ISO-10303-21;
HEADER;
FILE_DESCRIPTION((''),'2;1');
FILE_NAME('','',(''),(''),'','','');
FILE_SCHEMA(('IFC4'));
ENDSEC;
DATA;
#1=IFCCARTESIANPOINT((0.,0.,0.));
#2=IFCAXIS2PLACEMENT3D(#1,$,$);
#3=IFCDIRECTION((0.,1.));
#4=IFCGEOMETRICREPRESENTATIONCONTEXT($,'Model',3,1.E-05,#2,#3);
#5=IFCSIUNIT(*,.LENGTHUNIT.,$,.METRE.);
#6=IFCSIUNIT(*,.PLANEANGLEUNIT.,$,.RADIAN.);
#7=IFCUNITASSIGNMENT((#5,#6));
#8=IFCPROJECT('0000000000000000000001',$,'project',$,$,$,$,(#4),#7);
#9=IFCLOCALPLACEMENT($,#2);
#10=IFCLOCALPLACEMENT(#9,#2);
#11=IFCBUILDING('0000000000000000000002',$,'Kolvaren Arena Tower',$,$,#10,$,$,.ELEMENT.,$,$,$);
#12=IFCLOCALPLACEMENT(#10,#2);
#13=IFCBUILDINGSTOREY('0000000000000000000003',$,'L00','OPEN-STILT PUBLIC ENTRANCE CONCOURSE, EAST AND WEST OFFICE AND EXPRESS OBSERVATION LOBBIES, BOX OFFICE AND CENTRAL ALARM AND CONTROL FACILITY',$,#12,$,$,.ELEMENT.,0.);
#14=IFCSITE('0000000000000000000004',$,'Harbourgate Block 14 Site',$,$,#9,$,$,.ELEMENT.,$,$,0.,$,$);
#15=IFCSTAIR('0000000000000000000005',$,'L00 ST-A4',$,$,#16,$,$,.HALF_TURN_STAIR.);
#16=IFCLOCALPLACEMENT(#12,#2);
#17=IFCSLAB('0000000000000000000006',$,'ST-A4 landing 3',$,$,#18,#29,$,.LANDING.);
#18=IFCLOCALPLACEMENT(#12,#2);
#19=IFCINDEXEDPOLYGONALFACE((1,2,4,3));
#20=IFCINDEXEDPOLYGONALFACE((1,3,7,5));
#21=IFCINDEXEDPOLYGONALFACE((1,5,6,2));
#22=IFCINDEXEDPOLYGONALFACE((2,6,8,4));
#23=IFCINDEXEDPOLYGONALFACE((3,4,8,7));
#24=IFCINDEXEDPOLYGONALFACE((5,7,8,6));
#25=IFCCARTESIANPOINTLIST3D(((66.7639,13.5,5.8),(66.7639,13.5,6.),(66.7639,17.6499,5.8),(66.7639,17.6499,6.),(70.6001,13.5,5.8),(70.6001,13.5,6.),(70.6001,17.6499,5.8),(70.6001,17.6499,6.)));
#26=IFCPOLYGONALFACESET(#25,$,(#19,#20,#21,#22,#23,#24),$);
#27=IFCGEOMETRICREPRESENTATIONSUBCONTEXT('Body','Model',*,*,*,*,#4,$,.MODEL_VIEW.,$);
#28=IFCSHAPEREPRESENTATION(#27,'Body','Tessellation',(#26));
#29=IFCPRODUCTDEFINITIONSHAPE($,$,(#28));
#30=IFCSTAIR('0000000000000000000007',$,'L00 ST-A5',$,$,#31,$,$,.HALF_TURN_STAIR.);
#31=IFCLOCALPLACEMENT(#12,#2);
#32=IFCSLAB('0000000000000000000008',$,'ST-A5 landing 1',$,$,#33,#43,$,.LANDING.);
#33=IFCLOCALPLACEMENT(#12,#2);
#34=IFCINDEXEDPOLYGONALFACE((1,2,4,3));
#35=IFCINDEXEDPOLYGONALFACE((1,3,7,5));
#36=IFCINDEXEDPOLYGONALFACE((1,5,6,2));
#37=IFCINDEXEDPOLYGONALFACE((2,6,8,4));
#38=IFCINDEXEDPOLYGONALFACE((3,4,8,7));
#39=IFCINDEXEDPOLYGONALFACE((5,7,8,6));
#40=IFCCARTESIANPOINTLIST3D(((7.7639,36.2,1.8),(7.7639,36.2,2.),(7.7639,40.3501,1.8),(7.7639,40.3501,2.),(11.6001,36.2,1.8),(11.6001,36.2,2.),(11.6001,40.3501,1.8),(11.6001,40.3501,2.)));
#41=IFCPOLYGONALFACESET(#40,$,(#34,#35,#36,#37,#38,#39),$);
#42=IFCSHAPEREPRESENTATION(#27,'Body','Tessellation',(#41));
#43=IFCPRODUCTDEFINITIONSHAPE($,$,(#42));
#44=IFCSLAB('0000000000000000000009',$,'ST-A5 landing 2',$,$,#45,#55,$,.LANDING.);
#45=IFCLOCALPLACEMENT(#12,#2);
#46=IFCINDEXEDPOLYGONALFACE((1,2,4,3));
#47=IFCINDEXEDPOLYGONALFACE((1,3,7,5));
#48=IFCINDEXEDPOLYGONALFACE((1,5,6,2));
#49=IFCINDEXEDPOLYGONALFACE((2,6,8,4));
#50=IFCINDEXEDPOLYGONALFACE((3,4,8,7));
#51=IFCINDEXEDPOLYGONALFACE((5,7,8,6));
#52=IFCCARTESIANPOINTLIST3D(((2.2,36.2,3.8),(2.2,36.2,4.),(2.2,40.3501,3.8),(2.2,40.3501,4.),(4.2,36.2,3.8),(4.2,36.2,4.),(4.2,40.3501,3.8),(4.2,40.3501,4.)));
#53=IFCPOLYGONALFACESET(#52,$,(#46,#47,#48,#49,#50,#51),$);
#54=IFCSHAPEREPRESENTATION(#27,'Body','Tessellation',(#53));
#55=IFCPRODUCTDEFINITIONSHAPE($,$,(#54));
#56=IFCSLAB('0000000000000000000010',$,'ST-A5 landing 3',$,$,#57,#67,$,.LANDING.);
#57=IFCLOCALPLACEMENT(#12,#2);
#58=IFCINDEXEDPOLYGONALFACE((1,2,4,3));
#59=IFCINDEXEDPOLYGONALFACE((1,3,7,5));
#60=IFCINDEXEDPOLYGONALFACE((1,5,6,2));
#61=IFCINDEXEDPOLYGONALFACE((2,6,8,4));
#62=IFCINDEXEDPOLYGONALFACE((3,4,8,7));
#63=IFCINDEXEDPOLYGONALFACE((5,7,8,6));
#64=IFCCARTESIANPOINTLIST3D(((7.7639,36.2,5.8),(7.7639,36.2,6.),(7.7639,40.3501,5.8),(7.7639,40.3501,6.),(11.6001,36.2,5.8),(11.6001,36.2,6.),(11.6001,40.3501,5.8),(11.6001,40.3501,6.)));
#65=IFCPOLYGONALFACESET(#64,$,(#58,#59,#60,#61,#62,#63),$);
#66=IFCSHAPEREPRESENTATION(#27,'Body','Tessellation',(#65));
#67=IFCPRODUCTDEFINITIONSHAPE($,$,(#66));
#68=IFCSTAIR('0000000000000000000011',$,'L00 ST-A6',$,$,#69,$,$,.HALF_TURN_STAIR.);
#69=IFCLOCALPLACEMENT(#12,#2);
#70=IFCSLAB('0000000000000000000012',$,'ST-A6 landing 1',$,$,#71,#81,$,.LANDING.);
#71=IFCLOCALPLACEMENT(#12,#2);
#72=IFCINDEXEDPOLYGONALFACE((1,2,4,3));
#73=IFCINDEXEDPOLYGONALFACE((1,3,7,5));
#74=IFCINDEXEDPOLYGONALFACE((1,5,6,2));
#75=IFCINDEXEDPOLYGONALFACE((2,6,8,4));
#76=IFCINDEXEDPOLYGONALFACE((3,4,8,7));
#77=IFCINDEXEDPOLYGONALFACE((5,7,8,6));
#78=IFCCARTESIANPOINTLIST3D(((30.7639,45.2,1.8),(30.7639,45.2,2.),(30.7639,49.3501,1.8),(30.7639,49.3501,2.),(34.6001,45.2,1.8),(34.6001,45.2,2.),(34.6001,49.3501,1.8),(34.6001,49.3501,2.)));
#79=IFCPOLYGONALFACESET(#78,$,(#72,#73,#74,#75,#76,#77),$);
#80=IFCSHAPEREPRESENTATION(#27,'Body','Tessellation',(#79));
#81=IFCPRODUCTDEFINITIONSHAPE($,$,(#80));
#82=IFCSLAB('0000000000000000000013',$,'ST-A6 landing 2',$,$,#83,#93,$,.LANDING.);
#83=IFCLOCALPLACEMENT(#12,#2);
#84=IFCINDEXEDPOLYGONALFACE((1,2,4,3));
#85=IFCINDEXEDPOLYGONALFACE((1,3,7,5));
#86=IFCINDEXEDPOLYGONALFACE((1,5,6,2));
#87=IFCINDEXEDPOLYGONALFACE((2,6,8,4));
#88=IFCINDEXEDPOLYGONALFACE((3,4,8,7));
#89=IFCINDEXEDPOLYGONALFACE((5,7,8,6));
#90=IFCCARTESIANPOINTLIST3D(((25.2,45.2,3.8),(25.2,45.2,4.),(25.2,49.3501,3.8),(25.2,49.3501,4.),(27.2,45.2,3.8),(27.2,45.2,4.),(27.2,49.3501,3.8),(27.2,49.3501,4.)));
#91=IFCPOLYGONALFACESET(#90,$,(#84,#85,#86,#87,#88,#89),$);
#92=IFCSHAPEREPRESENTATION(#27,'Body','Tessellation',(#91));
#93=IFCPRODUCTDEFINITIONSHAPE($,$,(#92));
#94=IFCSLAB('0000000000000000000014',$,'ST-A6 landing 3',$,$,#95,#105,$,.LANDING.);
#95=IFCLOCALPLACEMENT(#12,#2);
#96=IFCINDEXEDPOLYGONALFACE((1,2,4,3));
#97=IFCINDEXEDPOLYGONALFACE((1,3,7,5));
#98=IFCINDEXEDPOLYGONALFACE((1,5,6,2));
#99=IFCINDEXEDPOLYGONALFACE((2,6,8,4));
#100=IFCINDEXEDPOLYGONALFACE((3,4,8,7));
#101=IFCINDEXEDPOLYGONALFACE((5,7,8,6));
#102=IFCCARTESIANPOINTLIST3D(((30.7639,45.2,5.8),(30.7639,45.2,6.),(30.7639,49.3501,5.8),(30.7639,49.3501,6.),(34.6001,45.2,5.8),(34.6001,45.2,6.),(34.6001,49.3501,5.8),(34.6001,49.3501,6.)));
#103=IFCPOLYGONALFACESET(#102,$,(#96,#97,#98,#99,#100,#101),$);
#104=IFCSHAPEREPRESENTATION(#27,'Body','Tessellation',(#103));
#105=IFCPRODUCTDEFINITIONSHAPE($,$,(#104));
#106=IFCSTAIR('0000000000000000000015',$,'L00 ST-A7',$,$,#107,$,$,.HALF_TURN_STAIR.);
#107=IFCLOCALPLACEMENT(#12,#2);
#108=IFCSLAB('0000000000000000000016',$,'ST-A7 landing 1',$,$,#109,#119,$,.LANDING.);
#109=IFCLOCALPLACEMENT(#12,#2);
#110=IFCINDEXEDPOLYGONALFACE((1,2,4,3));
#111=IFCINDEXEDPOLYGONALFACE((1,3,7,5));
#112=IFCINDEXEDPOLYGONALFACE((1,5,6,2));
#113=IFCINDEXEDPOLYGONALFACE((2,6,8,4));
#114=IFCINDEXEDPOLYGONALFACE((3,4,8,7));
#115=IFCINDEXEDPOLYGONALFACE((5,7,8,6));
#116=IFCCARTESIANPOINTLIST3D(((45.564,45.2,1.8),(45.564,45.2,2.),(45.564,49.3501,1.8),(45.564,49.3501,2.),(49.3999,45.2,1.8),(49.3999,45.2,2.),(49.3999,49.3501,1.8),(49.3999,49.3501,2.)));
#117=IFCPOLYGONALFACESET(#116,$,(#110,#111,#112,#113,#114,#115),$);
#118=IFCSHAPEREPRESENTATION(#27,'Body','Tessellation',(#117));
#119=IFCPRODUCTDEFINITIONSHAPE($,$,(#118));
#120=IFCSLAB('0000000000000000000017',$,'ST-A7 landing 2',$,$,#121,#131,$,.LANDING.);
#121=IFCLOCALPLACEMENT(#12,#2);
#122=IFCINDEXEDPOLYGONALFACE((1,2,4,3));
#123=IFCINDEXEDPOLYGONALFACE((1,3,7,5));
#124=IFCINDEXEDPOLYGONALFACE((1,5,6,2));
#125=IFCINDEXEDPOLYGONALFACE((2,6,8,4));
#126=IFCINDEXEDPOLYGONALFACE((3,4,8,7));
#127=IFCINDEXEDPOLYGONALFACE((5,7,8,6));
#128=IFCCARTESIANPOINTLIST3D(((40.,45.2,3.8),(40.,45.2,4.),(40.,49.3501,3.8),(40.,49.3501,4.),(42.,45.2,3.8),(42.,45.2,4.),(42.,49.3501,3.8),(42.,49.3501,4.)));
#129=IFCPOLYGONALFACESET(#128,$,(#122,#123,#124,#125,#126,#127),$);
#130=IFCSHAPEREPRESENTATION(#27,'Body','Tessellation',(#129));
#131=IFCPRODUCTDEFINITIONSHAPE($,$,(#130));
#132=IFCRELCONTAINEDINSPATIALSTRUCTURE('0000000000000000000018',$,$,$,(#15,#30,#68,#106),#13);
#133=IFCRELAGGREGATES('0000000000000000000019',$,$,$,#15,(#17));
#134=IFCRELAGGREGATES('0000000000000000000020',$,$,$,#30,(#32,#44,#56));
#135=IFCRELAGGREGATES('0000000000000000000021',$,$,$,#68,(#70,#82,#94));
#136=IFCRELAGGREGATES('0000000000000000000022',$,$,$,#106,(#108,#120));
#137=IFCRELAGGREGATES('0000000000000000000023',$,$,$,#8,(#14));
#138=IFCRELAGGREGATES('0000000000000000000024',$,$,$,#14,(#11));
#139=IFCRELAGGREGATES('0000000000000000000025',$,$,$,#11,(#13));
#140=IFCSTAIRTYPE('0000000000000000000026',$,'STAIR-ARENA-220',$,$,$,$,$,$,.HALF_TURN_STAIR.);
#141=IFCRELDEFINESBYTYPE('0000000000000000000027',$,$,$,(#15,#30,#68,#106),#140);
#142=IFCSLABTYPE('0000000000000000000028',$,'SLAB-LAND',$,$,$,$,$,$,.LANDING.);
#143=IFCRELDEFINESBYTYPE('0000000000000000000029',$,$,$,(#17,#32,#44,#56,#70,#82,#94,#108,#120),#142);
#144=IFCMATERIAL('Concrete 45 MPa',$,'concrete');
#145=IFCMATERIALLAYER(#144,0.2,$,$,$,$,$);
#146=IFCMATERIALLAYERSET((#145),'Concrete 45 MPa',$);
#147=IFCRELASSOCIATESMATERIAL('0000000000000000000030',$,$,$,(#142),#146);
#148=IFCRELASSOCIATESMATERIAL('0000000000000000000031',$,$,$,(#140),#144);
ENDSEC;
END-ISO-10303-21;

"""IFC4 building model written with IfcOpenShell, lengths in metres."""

from ifc_helpers import new_model, si_unit, direction, frame, origin, place, context, subcontext, project, spatial, polyline, outline, extrude, material, layer, layer_set, type_object, element, aggregate, save


model = new_model("IFC4")

# Units and contexts
model_context = context("Model", 3, precision=1e-05, world=origin(), true_north=direction((0.0, 1.0)))
body_context = subcontext(model_context, "Body", "Model", "MODEL_VIEW")
ifc_project = project(units=[si_unit("LENGTHUNIT", "METRE"), si_unit("PLANEANGLEUNIT", "RADIAN")], contexts=[model_context])

# Site, building, storey
site_placement = place(None, origin())
site = spatial("IfcSite", under=ifc_project, at=site_placement, Name="Harbourgate Block 14 Site", CompositionType="ELEMENT", RefElevation=0.0)
building_placement = place(site_placement, origin())
building = spatial("IfcBuilding", under=site, at=building_placement, Name="Kolvaren Arena Tower", CompositionType="ELEMENT")
storey_placement = place(building_placement, origin())
storey = spatial("IfcBuildingStorey", under=building, at=storey_placement, Name="L00", Description="OPEN-STILT PUBLIC ENTRANCE CONCOURSE, EAST AND WEST OFFICE AND EXPRESS OBSERVATION LOBBIES, BOX OFFICE AND CENTRAL ALARM AND CONTROL FACILITY", CompositionType="ELEMENT", Elevation=0.0)

# Shared definitions
ifc_material = material(Name="Concrete 45 MPa", Category="concrete")
ifc_layer = layer(ifc_material, 0.2)
ifc_layer_set = layer_set([ifc_layer], Name="Concrete 45 MPa")
slab_type = type_object("IfcSlabType", Name="SLAB-LAND", PredefinedType="LANDING", material=ifc_layer_set)

# Stairs, slabs
stair_type_1 = type_object("IfcStairType", Name="STAIR-ARENA-220", PredefinedType="HALF_TURN_STAIR", material=ifc_material)
stair_1_placement = place(storey_placement, origin())
stair_1 = element("IfcStair", 1, at=stair_1_placement, inside=storey, type_object=stair_type_1, Name="L00 ST-A4", PredefinedType="HALF_TURN_STAIR")
slab_1_placement = place(storey_placement, frame((0.0, 0.0, 5.8)))
slab_1 = element("IfcSlab", 2, at=slab_1_placement, type_object=slab_type, Name="ST-A4 landing 3", PredefinedType="LANDING", context=body_context, shape_type="SweptSolid", body=[
    extrude(outline(polyline([(66.7639, 13.5), (70.6001, 13.5), (70.6001, 17.6499), (66.7639, 17.6499), (66.7639, 13.5)])), origin(), (0.0, 0.0, 1.0), 0.2),
])
aggregate(stair_1, [slab_1])
stair_2_placement = place(storey_placement, origin())
stair_2 = element("IfcStair", 3, at=stair_2_placement, inside=storey, type_object=stair_type_1, Name="L00 ST-A5", PredefinedType="HALF_TURN_STAIR")
slab_2_placement = place(storey_placement, frame((0.0, 0.0, 1.8)))
slab_2 = element("IfcSlab", 4, at=slab_2_placement, type_object=slab_type, Name="ST-A5 landing 1", PredefinedType="LANDING", context=body_context, shape_type="SweptSolid", body=[
    extrude(outline(polyline([(7.7639, 36.2), (11.6001, 36.2), (11.6001, 40.3501), (7.7639, 40.3501), (7.7639, 36.2)])), origin(), (0.0, 0.0, 1.0), 0.2),
])
slab_3_placement = place(storey_placement, frame((0.0, 0.0, 3.8)))
slab_3 = element("IfcSlab", 5, at=slab_3_placement, type_object=slab_type, Name="ST-A5 landing 2", PredefinedType="LANDING", context=body_context, shape_type="SweptSolid", body=[
    extrude(outline(polyline([(2.2, 36.2), (4.2, 36.2), (4.2, 40.3501), (2.2, 40.3501), (2.2, 36.2)])), origin(), (0.0, 0.0, 1.0), 0.2),
])
slab_4_placement = place(storey_placement, frame((0.0, 0.0, 5.8)))
slab_4 = element("IfcSlab", 6, at=slab_4_placement, type_object=slab_type, Name="ST-A5 landing 3", PredefinedType="LANDING", context=body_context, shape_type="SweptSolid", body=[
    extrude(outline(polyline([(7.7639, 36.2), (11.6001, 36.2), (11.6001, 40.3501), (7.7639, 40.3501), (7.7639, 36.2)])), origin(), (0.0, 0.0, 1.0), 0.2),
])
aggregate(stair_2, [slab_2, slab_3, slab_4])
stair_3_placement = place(storey_placement, origin())
stair_3 = element("IfcStair", 7, at=stair_3_placement, inside=storey, type_object=stair_type_1, Name="L00 ST-A6", PredefinedType="HALF_TURN_STAIR")
slab_5_placement = place(storey_placement, frame((0.0, 0.0, 1.8)))
slab_5 = element("IfcSlab", 8, at=slab_5_placement, type_object=slab_type, Name="ST-A6 landing 1", PredefinedType="LANDING", context=body_context, shape_type="SweptSolid", body=[
    extrude(outline(polyline([(30.7639, 45.2), (34.6001, 45.2), (34.6001, 49.3501), (30.7639, 49.3501), (30.7639, 45.2)])), origin(), (0.0, 0.0, 1.0), 0.2),
])
slab_6_placement = place(storey_placement, frame((0.0, 0.0, 3.8)))
slab_6 = element("IfcSlab", 9, at=slab_6_placement, type_object=slab_type, Name="ST-A6 landing 2", PredefinedType="LANDING", context=body_context, shape_type="SweptSolid", body=[
    extrude(outline(polyline([(25.2, 45.2), (27.2, 45.2), (27.2, 49.3501), (25.2, 49.3501), (25.2, 45.2)])), origin(), (0.0, 0.0, 1.0), 0.2),
])
slab_7_placement = place(storey_placement, frame((0.0, 0.0, 5.8)))
slab_7 = element("IfcSlab", 10, at=slab_7_placement, type_object=slab_type, Name="ST-A6 landing 3", PredefinedType="LANDING", context=body_context, shape_type="SweptSolid", body=[
    extrude(outline(polyline([(30.7639, 45.2), (34.6001, 45.2), (34.6001, 49.3501), (30.7639, 49.3501), (30.7639, 45.2)])), origin(), (0.0, 0.0, 1.0), 0.2),
])
aggregate(stair_3, [slab_5, slab_6, slab_7])
stair_4_placement = place(storey_placement, origin())
stair_4 = element("IfcStair", 11, at=stair_4_placement, inside=storey, type_object=stair_type_1, Name="L00 ST-A7", PredefinedType="HALF_TURN_STAIR")
slab_8_placement = place(storey_placement, frame((0.0, 0.0, 1.8)))
slab_8 = element("IfcSlab", 12, at=slab_8_placement, type_object=slab_type, Name="ST-A7 landing 1", PredefinedType="LANDING", context=body_context, shape_type="SweptSolid", body=[
    extrude(outline(polyline([(45.564, 45.2), (49.3999, 45.2), (49.3999, 49.3501), (45.564, 49.3501), (45.564, 45.2)])), origin(), (0.0, 0.0, 1.0), 0.2),
])
slab_9_placement = place(storey_placement, frame((0.0, 0.0, 3.8)))
slab_9 = element("IfcSlab", 13, at=slab_9_placement, type_object=slab_type, Name="ST-A7 landing 2", PredefinedType="LANDING", context=body_context, shape_type="SweptSolid", body=[
    extrude(outline(polyline([(40.0, 45.2), (42.0, 45.2), (42.0, 49.3501), (40.0, 49.3501), (40.0, 45.2)])), origin(), (0.0, 0.0, 1.0), 0.2),
])
aggregate(stair_4, [slab_8, slab_9])

save(model, "model.ifc")
